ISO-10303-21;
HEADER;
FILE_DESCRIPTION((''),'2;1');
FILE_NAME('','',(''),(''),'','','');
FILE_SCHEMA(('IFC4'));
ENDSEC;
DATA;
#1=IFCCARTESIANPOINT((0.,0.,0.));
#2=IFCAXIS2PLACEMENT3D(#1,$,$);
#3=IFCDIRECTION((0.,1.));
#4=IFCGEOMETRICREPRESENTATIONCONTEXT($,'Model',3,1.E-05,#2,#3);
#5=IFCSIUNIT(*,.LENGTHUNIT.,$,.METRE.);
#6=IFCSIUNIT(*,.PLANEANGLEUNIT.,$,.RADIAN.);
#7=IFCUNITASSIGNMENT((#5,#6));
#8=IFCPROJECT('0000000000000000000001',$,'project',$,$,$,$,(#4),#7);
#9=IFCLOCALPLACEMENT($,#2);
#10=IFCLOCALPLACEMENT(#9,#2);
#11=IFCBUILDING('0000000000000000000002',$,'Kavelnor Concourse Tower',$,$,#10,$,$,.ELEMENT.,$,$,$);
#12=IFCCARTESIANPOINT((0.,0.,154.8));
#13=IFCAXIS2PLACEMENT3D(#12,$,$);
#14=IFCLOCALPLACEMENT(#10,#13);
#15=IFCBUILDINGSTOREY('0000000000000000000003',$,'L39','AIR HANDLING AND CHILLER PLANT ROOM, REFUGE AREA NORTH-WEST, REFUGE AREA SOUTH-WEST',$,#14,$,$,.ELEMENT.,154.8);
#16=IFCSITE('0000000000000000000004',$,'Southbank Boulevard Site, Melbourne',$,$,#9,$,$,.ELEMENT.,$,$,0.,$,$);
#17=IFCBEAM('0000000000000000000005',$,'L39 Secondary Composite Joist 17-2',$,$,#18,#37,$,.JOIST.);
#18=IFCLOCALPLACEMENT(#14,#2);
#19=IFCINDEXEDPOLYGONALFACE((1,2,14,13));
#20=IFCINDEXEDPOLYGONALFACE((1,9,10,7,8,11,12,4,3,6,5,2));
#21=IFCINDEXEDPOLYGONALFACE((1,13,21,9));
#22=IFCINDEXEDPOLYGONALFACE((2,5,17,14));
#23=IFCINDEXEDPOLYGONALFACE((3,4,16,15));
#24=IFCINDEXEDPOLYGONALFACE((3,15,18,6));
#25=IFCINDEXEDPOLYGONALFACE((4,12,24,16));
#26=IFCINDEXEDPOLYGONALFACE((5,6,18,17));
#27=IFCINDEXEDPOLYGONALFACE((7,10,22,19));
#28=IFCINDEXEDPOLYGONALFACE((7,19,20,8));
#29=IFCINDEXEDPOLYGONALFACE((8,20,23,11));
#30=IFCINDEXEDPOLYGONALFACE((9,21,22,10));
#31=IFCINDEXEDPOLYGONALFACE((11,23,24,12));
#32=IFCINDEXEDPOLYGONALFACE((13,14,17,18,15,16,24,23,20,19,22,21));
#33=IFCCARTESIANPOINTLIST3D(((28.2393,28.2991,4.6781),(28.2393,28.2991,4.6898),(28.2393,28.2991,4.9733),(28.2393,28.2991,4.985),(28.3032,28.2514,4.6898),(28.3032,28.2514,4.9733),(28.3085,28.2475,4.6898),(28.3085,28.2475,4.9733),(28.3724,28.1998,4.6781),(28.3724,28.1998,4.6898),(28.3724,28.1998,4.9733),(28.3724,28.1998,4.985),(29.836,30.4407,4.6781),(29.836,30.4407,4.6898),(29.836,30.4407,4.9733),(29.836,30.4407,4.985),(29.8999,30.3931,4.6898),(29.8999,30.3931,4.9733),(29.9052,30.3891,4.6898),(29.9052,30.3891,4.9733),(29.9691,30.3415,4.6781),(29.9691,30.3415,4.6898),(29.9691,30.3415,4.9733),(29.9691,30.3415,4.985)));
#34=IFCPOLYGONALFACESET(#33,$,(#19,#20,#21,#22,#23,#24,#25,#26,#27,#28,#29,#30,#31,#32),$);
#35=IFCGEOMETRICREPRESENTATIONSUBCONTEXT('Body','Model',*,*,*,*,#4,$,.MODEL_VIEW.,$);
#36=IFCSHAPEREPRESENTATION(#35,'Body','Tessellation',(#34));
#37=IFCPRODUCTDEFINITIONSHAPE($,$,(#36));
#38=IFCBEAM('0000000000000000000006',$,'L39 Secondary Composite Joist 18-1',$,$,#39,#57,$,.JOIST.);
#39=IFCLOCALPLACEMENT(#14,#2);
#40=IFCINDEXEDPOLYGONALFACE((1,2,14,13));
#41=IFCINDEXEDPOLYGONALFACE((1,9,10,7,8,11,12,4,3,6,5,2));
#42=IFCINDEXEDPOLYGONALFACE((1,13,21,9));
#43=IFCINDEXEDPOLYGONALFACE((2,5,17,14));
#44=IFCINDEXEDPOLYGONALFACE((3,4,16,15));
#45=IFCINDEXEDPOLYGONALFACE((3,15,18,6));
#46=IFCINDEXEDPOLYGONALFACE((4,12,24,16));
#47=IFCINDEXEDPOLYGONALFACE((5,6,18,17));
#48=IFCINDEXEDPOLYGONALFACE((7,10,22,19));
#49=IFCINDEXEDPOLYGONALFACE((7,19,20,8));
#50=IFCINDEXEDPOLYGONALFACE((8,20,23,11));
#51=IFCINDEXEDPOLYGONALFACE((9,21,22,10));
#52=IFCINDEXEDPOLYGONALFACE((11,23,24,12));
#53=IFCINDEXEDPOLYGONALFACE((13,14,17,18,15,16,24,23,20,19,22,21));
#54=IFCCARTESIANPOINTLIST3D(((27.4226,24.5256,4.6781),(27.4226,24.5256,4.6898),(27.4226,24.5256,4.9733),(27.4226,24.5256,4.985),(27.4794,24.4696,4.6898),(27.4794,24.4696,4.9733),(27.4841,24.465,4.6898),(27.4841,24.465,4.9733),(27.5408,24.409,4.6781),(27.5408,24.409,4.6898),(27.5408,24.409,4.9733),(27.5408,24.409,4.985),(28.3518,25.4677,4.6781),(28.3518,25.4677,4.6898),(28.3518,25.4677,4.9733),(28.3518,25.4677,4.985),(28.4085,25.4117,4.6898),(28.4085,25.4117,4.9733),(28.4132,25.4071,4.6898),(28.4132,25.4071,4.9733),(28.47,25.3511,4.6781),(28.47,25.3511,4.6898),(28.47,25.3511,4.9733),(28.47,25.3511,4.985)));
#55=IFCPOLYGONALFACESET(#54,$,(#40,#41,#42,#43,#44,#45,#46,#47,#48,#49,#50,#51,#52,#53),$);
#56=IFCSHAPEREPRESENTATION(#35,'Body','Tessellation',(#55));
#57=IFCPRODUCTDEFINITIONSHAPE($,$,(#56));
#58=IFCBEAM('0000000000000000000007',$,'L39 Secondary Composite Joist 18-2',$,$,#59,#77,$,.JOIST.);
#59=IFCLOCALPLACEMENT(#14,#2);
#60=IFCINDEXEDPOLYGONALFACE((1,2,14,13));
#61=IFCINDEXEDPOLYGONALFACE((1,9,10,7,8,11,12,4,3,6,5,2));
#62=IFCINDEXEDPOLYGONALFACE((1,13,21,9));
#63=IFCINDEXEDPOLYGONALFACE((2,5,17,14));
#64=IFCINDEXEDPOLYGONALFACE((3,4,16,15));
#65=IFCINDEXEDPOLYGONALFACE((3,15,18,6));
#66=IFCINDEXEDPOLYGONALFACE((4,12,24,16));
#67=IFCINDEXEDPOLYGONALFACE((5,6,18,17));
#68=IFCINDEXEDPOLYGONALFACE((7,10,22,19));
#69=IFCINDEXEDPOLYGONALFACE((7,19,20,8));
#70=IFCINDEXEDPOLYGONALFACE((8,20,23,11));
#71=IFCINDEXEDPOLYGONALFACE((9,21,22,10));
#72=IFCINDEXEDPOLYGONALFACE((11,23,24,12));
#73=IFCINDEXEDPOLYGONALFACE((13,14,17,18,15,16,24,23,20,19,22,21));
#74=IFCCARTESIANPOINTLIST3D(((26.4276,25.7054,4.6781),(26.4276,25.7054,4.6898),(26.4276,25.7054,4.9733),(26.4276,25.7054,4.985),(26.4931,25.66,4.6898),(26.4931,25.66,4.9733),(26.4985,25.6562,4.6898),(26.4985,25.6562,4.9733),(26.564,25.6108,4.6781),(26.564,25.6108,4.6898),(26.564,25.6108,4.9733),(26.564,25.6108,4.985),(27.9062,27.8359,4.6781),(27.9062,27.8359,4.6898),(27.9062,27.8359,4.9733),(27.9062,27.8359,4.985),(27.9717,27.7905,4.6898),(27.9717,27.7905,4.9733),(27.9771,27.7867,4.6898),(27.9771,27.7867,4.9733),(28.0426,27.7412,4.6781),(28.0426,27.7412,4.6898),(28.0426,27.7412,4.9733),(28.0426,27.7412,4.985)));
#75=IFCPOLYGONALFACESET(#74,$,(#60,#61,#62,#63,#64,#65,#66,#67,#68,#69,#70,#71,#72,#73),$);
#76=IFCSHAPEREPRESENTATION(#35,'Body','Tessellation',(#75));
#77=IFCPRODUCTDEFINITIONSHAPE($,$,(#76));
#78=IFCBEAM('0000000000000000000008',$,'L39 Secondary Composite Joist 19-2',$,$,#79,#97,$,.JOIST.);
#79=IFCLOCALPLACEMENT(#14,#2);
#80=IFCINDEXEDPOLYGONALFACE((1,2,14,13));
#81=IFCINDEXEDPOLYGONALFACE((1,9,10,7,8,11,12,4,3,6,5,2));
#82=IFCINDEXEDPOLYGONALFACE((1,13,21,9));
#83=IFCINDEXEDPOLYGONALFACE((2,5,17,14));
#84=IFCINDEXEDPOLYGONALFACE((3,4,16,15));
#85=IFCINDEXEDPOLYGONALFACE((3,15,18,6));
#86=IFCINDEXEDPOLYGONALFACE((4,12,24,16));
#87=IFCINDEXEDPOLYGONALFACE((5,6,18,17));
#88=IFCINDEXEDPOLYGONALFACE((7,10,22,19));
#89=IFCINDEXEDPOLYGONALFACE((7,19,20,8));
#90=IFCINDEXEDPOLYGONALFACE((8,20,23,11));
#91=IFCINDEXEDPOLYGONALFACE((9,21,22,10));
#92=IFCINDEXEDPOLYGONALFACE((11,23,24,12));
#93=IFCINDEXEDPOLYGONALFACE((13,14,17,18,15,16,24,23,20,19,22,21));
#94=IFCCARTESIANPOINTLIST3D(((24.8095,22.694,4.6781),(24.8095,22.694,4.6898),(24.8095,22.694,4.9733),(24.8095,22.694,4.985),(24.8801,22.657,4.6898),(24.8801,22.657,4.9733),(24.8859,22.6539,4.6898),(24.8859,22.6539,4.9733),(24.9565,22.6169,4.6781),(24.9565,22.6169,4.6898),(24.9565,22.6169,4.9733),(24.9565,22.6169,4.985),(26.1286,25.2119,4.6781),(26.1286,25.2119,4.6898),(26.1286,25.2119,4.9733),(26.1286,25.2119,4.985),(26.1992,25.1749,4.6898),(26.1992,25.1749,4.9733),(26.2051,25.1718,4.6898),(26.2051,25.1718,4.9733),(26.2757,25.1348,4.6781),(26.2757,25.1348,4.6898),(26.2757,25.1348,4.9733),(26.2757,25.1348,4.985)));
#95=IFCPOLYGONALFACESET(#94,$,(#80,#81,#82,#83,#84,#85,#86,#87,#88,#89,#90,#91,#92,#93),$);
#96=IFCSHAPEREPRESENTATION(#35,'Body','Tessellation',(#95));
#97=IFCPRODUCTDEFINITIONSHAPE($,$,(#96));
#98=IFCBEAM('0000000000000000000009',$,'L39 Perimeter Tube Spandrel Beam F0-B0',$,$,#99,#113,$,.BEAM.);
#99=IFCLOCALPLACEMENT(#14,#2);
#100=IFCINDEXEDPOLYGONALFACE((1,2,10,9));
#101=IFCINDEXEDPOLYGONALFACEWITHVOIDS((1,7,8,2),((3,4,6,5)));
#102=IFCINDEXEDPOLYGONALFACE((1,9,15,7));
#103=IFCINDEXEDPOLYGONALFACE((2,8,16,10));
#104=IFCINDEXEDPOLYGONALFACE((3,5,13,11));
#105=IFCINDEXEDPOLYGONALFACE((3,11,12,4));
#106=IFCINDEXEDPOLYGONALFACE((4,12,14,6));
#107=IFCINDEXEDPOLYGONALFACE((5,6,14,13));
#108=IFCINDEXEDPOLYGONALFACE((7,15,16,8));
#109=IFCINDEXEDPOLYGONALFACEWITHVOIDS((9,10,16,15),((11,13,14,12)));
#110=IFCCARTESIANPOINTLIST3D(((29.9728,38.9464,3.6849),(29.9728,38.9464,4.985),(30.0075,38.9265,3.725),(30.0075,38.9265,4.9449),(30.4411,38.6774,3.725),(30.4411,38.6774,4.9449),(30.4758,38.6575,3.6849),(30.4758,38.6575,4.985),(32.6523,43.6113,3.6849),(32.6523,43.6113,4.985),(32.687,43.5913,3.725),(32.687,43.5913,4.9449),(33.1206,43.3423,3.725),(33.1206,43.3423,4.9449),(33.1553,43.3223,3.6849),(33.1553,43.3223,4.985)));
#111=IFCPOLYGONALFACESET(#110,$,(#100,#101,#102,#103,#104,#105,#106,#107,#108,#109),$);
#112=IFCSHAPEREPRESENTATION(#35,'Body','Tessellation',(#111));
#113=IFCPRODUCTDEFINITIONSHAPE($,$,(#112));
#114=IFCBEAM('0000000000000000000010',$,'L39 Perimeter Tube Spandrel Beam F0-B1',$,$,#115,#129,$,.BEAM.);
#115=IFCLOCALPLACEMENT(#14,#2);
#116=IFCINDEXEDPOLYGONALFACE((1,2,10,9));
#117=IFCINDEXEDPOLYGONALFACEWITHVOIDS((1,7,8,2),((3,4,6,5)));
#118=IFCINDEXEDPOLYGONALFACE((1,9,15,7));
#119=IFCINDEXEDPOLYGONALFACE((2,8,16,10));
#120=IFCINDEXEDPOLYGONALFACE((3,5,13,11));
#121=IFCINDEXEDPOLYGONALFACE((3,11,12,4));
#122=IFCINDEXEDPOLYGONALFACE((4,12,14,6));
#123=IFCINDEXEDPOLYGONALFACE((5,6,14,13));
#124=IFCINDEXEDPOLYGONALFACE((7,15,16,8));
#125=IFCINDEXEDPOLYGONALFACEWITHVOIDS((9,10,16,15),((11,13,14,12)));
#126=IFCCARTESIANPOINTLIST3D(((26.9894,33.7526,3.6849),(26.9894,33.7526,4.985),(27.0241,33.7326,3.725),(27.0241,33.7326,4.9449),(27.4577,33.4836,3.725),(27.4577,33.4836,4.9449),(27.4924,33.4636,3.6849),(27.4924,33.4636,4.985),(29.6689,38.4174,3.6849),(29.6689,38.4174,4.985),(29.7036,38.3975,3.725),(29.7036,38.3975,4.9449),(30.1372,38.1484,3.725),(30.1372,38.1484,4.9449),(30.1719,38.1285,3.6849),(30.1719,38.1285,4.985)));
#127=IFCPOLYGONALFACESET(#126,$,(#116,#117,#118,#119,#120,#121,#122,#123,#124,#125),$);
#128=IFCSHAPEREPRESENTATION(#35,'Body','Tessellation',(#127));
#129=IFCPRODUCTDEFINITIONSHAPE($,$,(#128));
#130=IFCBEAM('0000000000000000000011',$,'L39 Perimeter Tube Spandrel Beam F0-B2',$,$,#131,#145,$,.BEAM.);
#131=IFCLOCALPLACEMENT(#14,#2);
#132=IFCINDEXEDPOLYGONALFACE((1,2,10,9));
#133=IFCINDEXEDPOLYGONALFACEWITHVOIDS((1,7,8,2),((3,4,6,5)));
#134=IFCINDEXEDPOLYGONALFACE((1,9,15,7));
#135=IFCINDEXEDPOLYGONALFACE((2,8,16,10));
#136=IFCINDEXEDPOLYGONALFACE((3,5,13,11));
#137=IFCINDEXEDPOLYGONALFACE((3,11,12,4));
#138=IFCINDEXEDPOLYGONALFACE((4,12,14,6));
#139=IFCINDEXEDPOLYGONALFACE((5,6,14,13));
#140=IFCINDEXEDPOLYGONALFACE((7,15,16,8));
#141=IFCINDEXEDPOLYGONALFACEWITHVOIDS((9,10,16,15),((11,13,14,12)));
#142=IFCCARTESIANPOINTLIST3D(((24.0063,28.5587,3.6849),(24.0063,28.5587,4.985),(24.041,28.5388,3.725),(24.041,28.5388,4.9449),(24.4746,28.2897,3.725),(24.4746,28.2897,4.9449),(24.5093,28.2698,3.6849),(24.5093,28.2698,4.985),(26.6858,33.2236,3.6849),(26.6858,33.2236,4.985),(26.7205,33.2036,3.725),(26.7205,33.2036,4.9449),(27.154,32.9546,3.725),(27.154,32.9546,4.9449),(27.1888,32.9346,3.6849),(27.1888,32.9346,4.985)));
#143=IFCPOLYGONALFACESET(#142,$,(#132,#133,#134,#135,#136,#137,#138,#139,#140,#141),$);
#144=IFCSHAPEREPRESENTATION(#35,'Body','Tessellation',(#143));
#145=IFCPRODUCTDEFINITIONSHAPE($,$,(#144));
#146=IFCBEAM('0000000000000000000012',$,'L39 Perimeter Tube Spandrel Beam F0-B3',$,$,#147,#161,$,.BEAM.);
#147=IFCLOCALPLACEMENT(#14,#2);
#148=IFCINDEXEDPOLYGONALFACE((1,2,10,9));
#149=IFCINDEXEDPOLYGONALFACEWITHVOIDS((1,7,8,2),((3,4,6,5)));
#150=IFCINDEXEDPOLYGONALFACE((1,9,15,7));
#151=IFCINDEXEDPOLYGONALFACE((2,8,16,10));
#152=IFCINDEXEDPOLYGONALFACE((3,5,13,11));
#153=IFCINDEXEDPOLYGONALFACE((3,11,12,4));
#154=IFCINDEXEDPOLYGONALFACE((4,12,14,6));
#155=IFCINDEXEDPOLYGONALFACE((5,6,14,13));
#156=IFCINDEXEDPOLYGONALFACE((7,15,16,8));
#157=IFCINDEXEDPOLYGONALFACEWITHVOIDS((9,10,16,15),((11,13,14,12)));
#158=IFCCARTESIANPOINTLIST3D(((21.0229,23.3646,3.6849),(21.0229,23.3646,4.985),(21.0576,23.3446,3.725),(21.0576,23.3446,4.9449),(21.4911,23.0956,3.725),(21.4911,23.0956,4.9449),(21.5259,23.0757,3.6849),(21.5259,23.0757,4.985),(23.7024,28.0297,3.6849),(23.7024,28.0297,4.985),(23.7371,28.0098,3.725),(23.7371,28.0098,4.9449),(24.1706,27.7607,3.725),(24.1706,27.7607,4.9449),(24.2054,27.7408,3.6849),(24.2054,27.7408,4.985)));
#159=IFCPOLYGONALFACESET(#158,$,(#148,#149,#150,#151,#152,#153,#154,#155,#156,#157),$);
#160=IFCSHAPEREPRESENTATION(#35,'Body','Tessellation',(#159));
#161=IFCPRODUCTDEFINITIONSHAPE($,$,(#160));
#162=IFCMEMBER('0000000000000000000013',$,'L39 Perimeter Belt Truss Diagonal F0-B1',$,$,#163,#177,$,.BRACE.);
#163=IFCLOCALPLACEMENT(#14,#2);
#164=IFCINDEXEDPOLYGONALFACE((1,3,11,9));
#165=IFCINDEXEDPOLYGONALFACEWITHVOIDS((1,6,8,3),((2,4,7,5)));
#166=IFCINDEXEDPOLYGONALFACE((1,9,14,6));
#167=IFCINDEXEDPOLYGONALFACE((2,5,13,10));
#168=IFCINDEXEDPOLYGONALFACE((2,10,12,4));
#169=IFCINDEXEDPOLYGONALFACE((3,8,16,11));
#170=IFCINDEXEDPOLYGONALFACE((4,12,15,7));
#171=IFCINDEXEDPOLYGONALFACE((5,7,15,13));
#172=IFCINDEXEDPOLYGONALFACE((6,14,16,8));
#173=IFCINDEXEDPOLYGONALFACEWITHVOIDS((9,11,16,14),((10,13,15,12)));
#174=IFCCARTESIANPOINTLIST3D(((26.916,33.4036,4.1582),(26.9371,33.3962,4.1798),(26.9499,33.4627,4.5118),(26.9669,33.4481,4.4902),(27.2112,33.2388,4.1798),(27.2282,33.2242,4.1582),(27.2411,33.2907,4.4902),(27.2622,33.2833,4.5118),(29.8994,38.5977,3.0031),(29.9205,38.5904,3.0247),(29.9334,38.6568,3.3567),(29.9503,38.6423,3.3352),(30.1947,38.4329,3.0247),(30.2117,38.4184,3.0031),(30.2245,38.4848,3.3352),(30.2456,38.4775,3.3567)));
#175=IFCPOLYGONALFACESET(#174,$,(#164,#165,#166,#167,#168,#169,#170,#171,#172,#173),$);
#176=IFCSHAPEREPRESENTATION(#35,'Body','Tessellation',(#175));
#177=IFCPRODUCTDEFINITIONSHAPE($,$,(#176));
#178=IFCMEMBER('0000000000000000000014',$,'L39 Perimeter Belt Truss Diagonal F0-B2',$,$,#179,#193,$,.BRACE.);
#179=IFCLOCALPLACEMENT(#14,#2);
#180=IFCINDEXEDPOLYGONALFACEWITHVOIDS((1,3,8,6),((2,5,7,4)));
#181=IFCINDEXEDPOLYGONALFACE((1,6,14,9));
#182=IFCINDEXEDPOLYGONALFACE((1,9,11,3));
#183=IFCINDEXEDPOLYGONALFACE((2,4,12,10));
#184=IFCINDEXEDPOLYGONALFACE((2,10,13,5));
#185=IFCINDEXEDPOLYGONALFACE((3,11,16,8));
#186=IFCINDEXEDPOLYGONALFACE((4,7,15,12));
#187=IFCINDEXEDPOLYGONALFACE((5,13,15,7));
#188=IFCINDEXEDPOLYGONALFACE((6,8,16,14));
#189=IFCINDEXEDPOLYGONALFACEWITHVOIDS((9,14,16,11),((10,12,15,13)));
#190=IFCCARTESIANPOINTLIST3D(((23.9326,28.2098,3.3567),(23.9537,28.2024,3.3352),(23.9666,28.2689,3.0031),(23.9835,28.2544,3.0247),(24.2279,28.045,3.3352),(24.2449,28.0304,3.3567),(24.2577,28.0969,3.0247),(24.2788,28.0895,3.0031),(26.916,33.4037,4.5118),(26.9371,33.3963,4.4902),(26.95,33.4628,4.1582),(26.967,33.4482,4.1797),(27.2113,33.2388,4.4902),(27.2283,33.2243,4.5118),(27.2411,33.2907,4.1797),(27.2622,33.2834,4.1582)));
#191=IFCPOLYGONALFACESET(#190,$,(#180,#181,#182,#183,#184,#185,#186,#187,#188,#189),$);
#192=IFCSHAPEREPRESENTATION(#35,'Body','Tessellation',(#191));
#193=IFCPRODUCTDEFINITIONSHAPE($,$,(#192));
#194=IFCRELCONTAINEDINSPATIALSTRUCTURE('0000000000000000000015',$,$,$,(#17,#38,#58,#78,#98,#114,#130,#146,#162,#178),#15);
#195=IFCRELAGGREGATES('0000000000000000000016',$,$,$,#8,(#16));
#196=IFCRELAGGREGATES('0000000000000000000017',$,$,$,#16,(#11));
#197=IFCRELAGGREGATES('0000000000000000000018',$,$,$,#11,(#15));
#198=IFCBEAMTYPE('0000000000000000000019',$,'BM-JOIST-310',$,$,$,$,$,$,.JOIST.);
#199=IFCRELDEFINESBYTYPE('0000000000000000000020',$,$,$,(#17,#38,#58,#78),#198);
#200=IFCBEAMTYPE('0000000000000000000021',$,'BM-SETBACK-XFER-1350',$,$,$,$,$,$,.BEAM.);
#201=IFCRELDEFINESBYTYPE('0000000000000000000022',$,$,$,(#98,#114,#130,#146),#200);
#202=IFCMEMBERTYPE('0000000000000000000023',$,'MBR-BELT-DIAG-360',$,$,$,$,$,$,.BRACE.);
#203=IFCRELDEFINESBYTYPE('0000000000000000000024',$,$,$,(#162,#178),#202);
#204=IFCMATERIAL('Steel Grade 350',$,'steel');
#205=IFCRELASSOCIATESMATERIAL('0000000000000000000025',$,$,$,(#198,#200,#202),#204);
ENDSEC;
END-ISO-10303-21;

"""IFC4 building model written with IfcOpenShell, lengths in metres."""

from ifc_helpers import new_model, si_unit, direction, frame, origin, origin_2d, place, context, subcontext, project, spatial, hollow_rectangle, i_section, extrude, material, material_profile, profile_set, type_object, element, save


model = new_model("IFC4")

# Units and contexts
model_context = context("Model", 3, precision=1e-05, world=origin(), true_north=direction((0.0, 1.0)))
body_context = subcontext(model_context, "Body", "Model", "MODEL_VIEW")
ifc_project = project(units=[si_unit("LENGTHUNIT", "METRE"), si_unit("PLANEANGLEUNIT", "RADIAN")], contexts=[model_context])

# Site, building, storey
site_placement = place(None, origin())
site = spatial("IfcSite", under=ifc_project, at=site_placement, Name="Southbank Boulevard Site, Melbourne", CompositionType="ELEMENT", RefElevation=0.0)
building_placement = place(site_placement, origin())
building = spatial("IfcBuilding", under=site, at=building_placement, Name="Kavelnor Concourse Tower", CompositionType="ELEMENT")
storey_placement = place(building_placement, frame((0.0, 0.0, 154.8)))
storey = spatial("IfcBuildingStorey", under=building, at=storey_placement, Name="L39", Description="AIR HANDLING AND CHILLER PLANT ROOM, REFUGE AREA NORTH-WEST, REFUGE AREA SOUTH-WEST", CompositionType="ELEMENT", Elevation=154.8)

# Shared definitions
ifc_material_1 = material(Name="Steel Grade 350", Category="steel")

# Beams
ifc_material_profile_1 = material_profile(ifc_material_1, i_section(OverallWidth=0.166, OverallDepth=0.3069, WebThickness=0.0066, FlangeThickness=0.0117, at=origin_2d()), Name="310UB46")
ifc_profile_set_1 = profile_set([ifc_material_profile_1], Name="Steel Grade 350")
beam_type_1 = type_object("IfcBeamType", Name="BM-JOIST-310", PredefinedType="JOIST", material=ifc_profile_set_1)
beam_1_placement = place(storey_placement, frame((29.9026, 30.3911, 4.8315), z_axis=(-0.597716, -0.801708, 0.0), x_axis=(0.801708, -0.597716, 0.0)))
element("IfcBeam", 1, at=beam_1_placement, inside=storey, type_object=beam_type_1, Name="L39 Secondary Composite Joist 17-2", PredefinedType="JOIST", context=body_context, shape_type="SweptSolid", body=[
    extrude(i_section(OverallWidth=0.166, OverallDepth=0.3069, WebThickness=0.0066, FlangeThickness=0.0117, at=origin_2d()), origin(), (0.0, 0.0, 1.0), 2.6714),
])
beam_2_placement = place(storey_placement, frame((28.4109, 25.4094, 4.8315), z_axis=(-0.702201, -0.711979, 0.0), x_axis=(0.711979, -0.702201, 0.0)))
element("IfcBeam", 2, at=beam_2_placement, inside=storey, type_object=beam_type_1, Name="L39 Secondary Composite Joist 18-1", PredefinedType="JOIST", context=body_context, shape_type="SweptSolid", body=[
    extrude(i_section(OverallWidth=0.166, OverallDepth=0.3069, WebThickness=0.0066, FlangeThickness=0.0117, at=origin_2d()), origin(), (0.0, 0.0, 1.0), 1.3232),
])
beam_3_placement = place(storey_placement, frame((27.9744, 27.7886, 4.8315), z_axis=(-0.570159, -0.821534, 0.0), x_axis=(0.821534, -0.570159, 0.0)))
element("IfcBeam", 3, at=beam_3_placement, inside=storey, type_object=beam_type_1, Name="L39 Secondary Composite Joist 18-2", PredefinedType="JOIST", context=body_context, shape_type="SweptSolid", body=[
    extrude(i_section(OverallWidth=0.166, OverallDepth=0.3069, WebThickness=0.0066, FlangeThickness=0.0117, at=origin_2d()), origin(), (0.0, 0.0, 1.0), 2.5933),
])
beam_4_placement = place(storey_placement, frame((26.2021, 25.1733, 4.8315), z_axis=(-0.464071, -0.885798, 0.0), x_axis=(0.885798, -0.464071, 0.0)))
element("IfcBeam", 4, at=beam_4_placement, inside=storey, type_object=beam_type_1, Name="L39 Secondary Composite Joist 19-2", PredefinedType="JOIST", context=body_context, shape_type="SweptSolid", body=[
    extrude(i_section(OverallWidth=0.166, OverallDepth=0.3069, WebThickness=0.0066, FlangeThickness=0.0117, at=origin_2d()), origin(), (0.0, 0.0, 1.0), 2.8425),
])
ifc_material_profile_2 = material_profile(ifc_material_1, hollow_rectangle(XDim=0.5801, YDim=1.3, WallThickness=0.04, at=origin_2d()), Name="RHS 1300x580x40")
ifc_profile_set_2 = profile_set([ifc_material_profile_2], Name="Steel Grade 350")
beam_type_2 = type_object("IfcBeamType", Name="BM-SETBACK-XFER-1350", PredefinedType="BEAM", material=ifc_profile_set_2)
for number, where, z_axis, x_axis, name in (
    (5, (32.9038, 43.4668, 4.335), (-0.498078, -0.867132, 0.0), (0.867132, -0.498078, 0.0), "L39 Perimeter Tube Spandrel Beam F0-B0"),
    (6, (29.9204, 38.2729, 4.335), (-0.498078, -0.867132, 0.0), (0.867132, -0.498078, 0.0), "L39 Perimeter Tube Spandrel Beam F0-B1"),
    (7, (26.9373, 33.0791, 4.335), (-0.498078, -0.867132, 0.0), (0.867132, -0.498078, 0.0), "L39 Perimeter Tube Spandrel Beam F0-B2"),
):
    element("IfcBeam", number, at=place(storey_placement, frame(where, z_axis=z_axis, x_axis=x_axis)), inside=storey, type_object=beam_type_2, Name=name, PredefinedType="BEAM", context=body_context, shape_type="SweptSolid", body=[
        extrude(hollow_rectangle(XDim=0.5801, YDim=1.3, WallThickness=0.04, at=origin_2d()), origin(), (0.0, 0.0, 1.0), 5.3796),
    ])
beam_5_placement = place(storey_placement, frame((23.9539, 27.8853, 4.335), z_axis=(-0.498058, -0.867143, 0.0), x_axis=(0.867143, -0.498058, 0.0)))
element("IfcBeam", 8, at=beam_5_placement, inside=storey, type_object=beam_type_2, Name="L39 Perimeter Tube Spandrel Beam F0-B3", PredefinedType="BEAM", context=body_context, shape_type="SweptSolid", body=[
    extrude(hollow_rectangle(XDim=0.5801, YDim=1.3, WallThickness=0.04, at=origin_2d()), origin(), (0.0, 0.0, 1.0), 5.3799),
])

# Members
ifc_material_profile_3 = material_profile(ifc_material_1, hollow_rectangle(XDim=0.3601, YDim=0.3601, WallThickness=0.022, at=origin_2d()), Name="SHS 360x360x22")
ifc_profile_set_3 = profile_set([ifc_material_profile_3], Name="Steel Grade 350")
member_type_1 = type_object("IfcMemberType", Name="MBR-BELT-DIAG-360", PredefinedType="BRACE", material=ifc_profile_set_3)
member_1_placement = place(storey_placement, frame((30.0725, 38.5376, 3.1799), z_axis=(-0.48906, -0.851452, 0.189341), x_axis=(0.867137, -0.498069, 0.0)))
element("IfcMember", 9, at=member_1_placement, inside=storey, type_object=member_type_1, Name="L39 Perimeter Belt Truss Diagonal F0-B1", PredefinedType="BRACE", context=body_context, shape_type="SweptSolid", body=[
    extrude(hollow_rectangle(XDim=0.3601, YDim=0.3601, WallThickness=0.022, at=origin_2d()), origin(), (0.0, 0.0, 1.0), 6.1003),
])
for number, where, z_axis, x_axis, name in (
    (10, (24.1057, 28.1497, 3.1799), (0.489076, 0.851441, 0.189347), (-0.867127, 0.498087, 0.0), "L39 Perimeter Belt Truss Diagonal F0-B2"),
):
    element("IfcMember", number, at=place(storey_placement, frame(where, z_axis=z_axis, x_axis=x_axis)), inside=storey, type_object=member_type_1, Name=name, PredefinedType="BRACE", context=body_context, shape_type="SweptSolid", body=[
        extrude(hollow_rectangle(XDim=0.3601, YDim=0.3601, WallThickness=0.022, at=origin_2d()), origin(), (0.0, 0.0, 1.0), 6.1001),
    ])

save(model, "model.ifc")
